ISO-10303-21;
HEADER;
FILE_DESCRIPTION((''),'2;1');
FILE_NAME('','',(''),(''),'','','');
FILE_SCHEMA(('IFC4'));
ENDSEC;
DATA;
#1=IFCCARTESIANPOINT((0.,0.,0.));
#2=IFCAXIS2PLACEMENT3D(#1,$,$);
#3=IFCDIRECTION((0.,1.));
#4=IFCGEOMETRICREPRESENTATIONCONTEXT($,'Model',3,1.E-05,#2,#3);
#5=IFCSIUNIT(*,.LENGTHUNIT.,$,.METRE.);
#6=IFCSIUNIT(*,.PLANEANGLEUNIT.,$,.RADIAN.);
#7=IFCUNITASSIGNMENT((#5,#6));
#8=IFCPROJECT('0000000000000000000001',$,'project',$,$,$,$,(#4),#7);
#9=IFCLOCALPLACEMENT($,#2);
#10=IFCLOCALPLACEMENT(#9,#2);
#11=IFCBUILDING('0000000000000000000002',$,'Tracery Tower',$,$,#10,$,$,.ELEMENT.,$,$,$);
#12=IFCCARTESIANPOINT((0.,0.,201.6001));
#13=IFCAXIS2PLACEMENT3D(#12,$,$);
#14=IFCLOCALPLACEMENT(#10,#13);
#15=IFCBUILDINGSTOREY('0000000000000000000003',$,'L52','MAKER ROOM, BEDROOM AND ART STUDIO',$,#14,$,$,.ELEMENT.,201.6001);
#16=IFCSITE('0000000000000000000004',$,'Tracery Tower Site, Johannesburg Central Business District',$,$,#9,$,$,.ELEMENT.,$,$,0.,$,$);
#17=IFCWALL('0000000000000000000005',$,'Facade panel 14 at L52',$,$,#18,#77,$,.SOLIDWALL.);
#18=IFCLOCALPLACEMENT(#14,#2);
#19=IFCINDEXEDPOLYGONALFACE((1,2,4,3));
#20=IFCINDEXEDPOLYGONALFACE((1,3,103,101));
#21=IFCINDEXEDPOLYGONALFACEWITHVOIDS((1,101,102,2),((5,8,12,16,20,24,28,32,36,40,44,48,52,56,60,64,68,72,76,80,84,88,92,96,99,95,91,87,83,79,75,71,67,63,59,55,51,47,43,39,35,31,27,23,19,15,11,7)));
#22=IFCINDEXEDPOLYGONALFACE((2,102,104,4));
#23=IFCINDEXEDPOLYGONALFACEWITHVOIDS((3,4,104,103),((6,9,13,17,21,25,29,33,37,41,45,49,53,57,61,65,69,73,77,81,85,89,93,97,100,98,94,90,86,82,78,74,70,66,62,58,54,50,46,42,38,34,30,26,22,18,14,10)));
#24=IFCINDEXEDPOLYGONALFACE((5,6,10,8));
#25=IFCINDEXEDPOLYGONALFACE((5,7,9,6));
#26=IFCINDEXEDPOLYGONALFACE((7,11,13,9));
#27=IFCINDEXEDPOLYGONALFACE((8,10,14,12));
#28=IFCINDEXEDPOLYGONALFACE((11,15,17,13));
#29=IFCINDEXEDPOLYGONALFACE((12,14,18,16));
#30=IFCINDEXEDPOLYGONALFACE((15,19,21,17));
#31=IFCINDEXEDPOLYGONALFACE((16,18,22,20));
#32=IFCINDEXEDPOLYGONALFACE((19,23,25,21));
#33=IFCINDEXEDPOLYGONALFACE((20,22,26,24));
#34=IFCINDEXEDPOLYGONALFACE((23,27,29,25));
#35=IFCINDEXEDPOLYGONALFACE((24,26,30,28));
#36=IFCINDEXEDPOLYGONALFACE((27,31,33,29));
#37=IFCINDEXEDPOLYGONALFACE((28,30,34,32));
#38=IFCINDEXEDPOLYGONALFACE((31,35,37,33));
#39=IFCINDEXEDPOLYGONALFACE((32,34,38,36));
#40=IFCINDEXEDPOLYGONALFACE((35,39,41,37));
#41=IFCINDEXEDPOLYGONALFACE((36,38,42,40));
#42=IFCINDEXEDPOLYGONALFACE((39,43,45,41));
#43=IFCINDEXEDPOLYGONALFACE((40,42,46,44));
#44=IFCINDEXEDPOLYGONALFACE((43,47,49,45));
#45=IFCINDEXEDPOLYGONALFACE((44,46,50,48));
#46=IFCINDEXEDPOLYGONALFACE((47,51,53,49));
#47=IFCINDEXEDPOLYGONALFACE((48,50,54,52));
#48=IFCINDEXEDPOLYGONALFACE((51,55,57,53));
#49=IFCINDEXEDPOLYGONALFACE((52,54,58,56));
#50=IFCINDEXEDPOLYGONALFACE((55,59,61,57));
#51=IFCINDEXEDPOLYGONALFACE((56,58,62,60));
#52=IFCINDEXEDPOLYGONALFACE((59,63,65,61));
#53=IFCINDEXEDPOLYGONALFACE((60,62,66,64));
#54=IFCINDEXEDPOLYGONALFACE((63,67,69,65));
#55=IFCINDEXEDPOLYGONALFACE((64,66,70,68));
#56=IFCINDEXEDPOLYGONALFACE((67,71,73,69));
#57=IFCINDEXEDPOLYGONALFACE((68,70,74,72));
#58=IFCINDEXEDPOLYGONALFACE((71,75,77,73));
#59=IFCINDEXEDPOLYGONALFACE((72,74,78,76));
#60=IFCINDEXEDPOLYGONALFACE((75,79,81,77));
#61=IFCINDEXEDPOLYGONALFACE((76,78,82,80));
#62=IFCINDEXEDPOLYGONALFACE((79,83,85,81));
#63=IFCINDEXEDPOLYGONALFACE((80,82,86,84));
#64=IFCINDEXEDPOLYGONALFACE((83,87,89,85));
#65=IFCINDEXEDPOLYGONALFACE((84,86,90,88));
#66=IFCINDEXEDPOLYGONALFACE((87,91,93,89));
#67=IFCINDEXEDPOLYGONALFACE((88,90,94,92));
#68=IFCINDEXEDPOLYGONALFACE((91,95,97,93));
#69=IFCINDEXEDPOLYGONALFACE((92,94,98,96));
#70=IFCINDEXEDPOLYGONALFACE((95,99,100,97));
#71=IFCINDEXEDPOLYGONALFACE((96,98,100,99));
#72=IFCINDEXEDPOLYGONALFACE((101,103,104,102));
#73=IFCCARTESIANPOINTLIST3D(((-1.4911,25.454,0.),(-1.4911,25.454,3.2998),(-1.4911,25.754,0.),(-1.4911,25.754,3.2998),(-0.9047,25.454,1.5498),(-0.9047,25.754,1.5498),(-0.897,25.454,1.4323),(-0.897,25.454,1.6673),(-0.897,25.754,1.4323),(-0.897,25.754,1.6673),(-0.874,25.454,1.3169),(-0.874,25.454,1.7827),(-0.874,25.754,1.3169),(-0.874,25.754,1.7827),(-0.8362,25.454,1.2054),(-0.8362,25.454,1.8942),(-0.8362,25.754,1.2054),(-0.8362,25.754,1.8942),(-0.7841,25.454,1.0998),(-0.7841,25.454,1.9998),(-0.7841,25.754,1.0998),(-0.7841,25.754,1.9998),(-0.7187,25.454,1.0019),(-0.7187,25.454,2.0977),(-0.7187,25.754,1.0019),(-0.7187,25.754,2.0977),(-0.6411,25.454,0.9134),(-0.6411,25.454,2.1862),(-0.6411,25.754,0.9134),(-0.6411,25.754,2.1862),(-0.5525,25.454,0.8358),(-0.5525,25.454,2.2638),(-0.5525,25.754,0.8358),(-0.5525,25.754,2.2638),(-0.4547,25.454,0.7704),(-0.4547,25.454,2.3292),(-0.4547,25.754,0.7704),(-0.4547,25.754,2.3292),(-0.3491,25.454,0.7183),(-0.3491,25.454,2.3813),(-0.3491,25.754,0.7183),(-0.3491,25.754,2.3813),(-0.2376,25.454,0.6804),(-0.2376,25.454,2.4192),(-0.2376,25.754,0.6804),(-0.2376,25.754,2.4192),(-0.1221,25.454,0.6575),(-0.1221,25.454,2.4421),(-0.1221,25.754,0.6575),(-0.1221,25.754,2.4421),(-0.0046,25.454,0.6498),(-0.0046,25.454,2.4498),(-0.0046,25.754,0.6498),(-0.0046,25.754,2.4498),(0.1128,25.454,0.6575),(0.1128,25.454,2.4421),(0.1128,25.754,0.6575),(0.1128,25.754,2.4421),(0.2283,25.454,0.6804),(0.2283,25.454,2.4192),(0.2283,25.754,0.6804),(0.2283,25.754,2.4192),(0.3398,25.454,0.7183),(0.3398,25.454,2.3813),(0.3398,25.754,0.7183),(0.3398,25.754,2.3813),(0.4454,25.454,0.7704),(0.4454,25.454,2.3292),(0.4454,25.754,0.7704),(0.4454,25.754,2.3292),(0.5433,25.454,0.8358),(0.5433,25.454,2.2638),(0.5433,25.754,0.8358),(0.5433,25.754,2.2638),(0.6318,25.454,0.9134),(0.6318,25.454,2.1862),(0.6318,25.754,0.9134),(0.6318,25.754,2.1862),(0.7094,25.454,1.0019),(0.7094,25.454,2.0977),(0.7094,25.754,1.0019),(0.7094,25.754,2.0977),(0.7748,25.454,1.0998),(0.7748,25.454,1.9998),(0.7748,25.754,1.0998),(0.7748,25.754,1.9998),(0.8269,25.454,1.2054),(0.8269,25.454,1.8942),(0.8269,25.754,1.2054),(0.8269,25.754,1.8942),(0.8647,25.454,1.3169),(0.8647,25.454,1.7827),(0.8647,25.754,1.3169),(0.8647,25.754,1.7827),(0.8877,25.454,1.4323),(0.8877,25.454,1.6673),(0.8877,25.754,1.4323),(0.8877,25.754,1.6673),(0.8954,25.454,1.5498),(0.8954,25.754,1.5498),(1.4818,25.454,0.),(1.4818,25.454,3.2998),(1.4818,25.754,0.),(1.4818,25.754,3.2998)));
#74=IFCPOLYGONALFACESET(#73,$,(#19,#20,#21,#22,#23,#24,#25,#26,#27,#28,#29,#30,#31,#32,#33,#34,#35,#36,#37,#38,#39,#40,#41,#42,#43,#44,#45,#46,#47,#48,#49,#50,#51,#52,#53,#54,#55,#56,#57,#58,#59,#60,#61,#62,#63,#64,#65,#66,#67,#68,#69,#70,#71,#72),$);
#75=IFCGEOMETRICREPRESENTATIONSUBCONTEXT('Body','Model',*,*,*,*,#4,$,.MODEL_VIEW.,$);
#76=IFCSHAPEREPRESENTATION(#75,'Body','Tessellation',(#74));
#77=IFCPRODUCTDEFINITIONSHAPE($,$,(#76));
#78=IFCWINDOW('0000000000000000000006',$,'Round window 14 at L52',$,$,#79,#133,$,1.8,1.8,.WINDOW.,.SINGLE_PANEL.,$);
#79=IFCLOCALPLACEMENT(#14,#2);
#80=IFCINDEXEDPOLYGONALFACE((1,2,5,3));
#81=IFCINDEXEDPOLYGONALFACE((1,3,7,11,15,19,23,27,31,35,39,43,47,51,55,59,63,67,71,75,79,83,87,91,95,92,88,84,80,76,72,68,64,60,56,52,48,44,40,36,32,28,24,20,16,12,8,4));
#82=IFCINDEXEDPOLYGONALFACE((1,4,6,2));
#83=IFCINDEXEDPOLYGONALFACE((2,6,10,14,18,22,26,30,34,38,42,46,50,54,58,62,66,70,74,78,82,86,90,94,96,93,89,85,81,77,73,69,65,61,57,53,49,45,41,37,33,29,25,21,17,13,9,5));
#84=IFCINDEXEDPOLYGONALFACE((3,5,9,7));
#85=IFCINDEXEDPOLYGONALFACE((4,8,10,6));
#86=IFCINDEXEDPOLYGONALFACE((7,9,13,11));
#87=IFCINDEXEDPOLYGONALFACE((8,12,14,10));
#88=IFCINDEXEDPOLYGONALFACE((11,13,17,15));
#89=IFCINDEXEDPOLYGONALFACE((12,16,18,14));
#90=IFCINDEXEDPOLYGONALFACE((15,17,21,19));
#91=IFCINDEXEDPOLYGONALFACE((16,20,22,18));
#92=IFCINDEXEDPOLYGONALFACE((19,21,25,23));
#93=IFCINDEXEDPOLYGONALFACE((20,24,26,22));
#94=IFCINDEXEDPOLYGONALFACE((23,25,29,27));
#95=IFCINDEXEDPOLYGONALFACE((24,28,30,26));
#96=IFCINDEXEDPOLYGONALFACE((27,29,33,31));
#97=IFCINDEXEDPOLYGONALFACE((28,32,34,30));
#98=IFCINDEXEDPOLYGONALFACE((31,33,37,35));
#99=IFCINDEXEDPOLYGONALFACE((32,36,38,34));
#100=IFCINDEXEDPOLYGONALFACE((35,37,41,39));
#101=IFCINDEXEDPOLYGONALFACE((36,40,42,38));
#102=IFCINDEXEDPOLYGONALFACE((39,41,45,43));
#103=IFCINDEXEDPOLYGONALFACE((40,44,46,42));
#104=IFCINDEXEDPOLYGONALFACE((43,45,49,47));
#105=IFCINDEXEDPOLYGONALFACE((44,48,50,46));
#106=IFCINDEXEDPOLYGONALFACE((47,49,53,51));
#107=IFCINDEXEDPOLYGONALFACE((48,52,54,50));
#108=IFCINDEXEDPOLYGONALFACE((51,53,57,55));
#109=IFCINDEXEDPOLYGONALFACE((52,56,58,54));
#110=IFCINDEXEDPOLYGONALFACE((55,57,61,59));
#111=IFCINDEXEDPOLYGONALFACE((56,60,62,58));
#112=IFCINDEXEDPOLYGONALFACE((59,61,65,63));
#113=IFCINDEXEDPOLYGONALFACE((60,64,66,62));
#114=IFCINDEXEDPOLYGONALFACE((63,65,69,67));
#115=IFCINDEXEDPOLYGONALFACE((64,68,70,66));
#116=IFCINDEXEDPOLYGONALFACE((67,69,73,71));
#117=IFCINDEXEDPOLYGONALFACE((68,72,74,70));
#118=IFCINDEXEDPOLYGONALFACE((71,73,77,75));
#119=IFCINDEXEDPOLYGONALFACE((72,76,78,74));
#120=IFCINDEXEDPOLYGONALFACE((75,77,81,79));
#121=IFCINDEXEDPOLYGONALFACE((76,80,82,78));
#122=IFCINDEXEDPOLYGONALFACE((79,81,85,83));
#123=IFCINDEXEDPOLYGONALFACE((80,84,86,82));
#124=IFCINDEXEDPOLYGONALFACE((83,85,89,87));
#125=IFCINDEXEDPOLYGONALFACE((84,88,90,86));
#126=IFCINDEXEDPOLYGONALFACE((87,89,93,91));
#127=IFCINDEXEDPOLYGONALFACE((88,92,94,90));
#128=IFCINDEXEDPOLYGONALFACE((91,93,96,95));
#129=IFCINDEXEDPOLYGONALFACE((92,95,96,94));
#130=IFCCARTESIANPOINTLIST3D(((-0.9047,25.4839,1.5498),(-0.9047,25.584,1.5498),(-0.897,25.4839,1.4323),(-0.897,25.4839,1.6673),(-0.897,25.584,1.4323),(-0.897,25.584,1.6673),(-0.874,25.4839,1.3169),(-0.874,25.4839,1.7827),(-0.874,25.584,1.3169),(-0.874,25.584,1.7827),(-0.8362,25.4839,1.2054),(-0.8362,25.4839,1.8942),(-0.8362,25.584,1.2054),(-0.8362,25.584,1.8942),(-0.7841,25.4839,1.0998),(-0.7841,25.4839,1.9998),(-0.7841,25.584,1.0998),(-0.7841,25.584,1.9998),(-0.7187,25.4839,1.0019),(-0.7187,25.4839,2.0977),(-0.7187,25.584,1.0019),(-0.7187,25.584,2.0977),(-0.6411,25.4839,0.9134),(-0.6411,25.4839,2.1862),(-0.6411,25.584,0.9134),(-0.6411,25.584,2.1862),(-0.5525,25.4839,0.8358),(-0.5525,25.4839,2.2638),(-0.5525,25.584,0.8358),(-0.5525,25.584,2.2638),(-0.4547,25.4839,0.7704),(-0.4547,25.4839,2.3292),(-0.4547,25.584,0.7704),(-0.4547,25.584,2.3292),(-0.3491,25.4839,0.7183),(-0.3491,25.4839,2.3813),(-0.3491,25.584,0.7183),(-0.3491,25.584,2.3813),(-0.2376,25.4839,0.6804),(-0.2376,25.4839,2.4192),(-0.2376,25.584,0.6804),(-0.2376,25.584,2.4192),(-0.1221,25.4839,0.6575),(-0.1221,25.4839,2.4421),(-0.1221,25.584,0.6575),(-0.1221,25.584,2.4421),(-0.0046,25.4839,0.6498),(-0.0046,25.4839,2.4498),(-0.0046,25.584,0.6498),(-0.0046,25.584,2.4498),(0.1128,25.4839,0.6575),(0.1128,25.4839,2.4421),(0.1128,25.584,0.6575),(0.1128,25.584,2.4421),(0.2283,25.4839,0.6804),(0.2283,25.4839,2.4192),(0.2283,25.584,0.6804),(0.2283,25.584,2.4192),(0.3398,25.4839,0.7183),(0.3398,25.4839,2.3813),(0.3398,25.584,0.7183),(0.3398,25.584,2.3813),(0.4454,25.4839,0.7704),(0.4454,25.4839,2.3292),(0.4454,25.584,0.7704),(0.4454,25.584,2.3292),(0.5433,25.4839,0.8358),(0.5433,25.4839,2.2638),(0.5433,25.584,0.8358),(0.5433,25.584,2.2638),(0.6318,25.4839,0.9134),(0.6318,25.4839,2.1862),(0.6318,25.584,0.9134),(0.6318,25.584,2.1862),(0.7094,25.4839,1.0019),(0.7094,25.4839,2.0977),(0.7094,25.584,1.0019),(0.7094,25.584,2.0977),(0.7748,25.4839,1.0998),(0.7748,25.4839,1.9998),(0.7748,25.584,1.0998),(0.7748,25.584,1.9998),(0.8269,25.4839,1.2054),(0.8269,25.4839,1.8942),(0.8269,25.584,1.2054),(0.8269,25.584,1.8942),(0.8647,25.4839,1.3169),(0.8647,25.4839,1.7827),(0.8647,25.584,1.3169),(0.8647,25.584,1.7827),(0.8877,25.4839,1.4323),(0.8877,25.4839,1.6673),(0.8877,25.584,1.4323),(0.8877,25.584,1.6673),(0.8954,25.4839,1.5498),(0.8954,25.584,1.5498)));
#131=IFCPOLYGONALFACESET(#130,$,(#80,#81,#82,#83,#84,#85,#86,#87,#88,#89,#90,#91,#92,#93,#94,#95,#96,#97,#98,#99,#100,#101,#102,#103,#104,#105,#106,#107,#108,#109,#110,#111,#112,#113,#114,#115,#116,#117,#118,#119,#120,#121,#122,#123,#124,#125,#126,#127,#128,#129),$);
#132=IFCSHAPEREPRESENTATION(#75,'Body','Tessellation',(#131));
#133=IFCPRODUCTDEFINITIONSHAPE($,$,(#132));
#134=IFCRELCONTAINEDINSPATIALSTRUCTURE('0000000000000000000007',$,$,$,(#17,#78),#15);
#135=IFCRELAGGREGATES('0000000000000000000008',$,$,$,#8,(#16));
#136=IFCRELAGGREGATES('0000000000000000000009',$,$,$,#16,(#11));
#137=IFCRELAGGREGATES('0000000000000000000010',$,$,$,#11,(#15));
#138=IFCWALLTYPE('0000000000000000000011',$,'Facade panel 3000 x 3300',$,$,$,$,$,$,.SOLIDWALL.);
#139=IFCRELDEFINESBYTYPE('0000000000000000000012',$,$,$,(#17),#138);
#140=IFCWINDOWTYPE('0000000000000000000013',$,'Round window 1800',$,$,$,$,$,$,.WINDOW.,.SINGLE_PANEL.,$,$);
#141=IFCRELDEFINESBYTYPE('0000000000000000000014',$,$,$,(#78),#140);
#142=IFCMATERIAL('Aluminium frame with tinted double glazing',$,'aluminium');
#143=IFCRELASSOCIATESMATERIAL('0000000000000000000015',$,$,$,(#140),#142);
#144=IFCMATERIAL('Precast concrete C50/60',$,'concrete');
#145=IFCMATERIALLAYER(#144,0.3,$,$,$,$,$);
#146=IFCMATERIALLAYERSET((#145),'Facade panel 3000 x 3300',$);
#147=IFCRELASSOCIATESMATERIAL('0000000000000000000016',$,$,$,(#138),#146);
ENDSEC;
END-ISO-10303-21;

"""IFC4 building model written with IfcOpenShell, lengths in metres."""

from ifc_helpers import new_model, si_unit, direction, frame, frame_2d, origin, origin_2d, place, context, subcontext, project, spatial, rectangle, circle, extrude, material, layer, layer_set, type_object, element, fill, save


model = new_model("IFC4")

# Units and contexts
model_context = context("Model", 3, precision=1e-05, world=origin(), true_north=direction((0.0, 1.0)))
body_context = subcontext(model_context, "Body", "Model", "MODEL_VIEW")
ifc_project = project(units=[si_unit("LENGTHUNIT", "METRE"), si_unit("PLANEANGLEUNIT", "RADIAN")], contexts=[model_context])

# Site, building, storey
site_placement = place(None, origin())
site = spatial("IfcSite", under=ifc_project, at=site_placement, Name="Tracery Tower Site, Johannesburg Central Business District", CompositionType="ELEMENT", RefElevation=0.0)
building_placement = place(site_placement, origin())
building = spatial("IfcBuilding", under=site, at=building_placement, Name="Tracery Tower", CompositionType="ELEMENT")
storey_placement = place(building_placement, frame((0.0, 0.0, 201.6001)))
storey = spatial("IfcBuildingStorey", under=building, at=storey_placement, Name="L52", Description="MAKER ROOM, BEDROOM AND ART STUDIO", CompositionType="ELEMENT", Elevation=201.6001)

# Wall, opening, window
ifc_material_1 = material(Name="Aluminium frame with tinted double glazing", Category="aluminium")
window_type = type_object("IfcWindowType", Name="Round window 1800", PartitioningType="SINGLE_PANEL", PredefinedType="WINDOW", material=ifc_material_1)
ifc_material_2 = material(Name="Precast concrete C50/60", Category="concrete")
ifc_layer_1 = layer(ifc_material_2, 0.3)
ifc_layer_set_1 = layer_set([ifc_layer_1], Name="Facade panel 3000 x 3300")
wall_type_1 = type_object("IfcWallType", Name="Facade panel 3000 x 3300", PredefinedType="SOLIDWALL", material=ifc_layer_set_1)
wall_1_placement = place(storey_placement, frame((1.4817, 25.604, 0.0), z_axis=(0.0, 0.0, 1.0), x_axis=(-1.0, 0.0, 0.0)))
wall_1 = element("IfcWall", 1, at=wall_1_placement, inside=storey, type_object=wall_type_1, Name="Facade panel 14 at L52", PredefinedType="SOLIDWALL", context=body_context, shape_type="SweptSolid", body=[
    extrude(rectangle(XDim=2.9729, YDim=0.3, at=frame_2d((1.4863, 0.0))), origin(), (0.0, 0.0, 1.0), 3.2998),
])
opening_1_placement = place(wall_1_placement, frame((1.4863, 0.0, 1.5498)))
opening_1 = element("IfcOpeningElement", 2, at=opening_1_placement, cuts=wall_1, PredefinedType="OPENING", context=body_context, shape_type="SweptSolid", body=[
    extrude(circle(Radius=0.9, at=origin_2d()), frame((0.0, 0.1599, 0.0), z_axis=(0.0, -1.0, 0.0), x_axis=(1.0, 0.0, 0.0)), (0.0, 0.0, 1.0), 0.3201),
])
window_1_placement = place(opening_1_placement, origin())
window_1 = element("IfcWindow", 3, at=window_1_placement, inside=storey, type_object=window_type, Name="Round window 14 at L52", OverallHeight=1.8, OverallWidth=1.8, PartitioningType="SINGLE_PANEL", PredefinedType="WINDOW", context=body_context, shape_type="SweptSolid", body=[
    extrude(circle(Radius=0.9, at=origin_2d()), frame((0.0, 0.1201, 0.0), z_axis=(0.0, -1.0, 0.0), x_axis=(1.0, 0.0, 0.0)), (0.0, 0.0, 1.0), 0.1001),
])
fill(opening_1, window_1)

save(model, "model.ifc")
